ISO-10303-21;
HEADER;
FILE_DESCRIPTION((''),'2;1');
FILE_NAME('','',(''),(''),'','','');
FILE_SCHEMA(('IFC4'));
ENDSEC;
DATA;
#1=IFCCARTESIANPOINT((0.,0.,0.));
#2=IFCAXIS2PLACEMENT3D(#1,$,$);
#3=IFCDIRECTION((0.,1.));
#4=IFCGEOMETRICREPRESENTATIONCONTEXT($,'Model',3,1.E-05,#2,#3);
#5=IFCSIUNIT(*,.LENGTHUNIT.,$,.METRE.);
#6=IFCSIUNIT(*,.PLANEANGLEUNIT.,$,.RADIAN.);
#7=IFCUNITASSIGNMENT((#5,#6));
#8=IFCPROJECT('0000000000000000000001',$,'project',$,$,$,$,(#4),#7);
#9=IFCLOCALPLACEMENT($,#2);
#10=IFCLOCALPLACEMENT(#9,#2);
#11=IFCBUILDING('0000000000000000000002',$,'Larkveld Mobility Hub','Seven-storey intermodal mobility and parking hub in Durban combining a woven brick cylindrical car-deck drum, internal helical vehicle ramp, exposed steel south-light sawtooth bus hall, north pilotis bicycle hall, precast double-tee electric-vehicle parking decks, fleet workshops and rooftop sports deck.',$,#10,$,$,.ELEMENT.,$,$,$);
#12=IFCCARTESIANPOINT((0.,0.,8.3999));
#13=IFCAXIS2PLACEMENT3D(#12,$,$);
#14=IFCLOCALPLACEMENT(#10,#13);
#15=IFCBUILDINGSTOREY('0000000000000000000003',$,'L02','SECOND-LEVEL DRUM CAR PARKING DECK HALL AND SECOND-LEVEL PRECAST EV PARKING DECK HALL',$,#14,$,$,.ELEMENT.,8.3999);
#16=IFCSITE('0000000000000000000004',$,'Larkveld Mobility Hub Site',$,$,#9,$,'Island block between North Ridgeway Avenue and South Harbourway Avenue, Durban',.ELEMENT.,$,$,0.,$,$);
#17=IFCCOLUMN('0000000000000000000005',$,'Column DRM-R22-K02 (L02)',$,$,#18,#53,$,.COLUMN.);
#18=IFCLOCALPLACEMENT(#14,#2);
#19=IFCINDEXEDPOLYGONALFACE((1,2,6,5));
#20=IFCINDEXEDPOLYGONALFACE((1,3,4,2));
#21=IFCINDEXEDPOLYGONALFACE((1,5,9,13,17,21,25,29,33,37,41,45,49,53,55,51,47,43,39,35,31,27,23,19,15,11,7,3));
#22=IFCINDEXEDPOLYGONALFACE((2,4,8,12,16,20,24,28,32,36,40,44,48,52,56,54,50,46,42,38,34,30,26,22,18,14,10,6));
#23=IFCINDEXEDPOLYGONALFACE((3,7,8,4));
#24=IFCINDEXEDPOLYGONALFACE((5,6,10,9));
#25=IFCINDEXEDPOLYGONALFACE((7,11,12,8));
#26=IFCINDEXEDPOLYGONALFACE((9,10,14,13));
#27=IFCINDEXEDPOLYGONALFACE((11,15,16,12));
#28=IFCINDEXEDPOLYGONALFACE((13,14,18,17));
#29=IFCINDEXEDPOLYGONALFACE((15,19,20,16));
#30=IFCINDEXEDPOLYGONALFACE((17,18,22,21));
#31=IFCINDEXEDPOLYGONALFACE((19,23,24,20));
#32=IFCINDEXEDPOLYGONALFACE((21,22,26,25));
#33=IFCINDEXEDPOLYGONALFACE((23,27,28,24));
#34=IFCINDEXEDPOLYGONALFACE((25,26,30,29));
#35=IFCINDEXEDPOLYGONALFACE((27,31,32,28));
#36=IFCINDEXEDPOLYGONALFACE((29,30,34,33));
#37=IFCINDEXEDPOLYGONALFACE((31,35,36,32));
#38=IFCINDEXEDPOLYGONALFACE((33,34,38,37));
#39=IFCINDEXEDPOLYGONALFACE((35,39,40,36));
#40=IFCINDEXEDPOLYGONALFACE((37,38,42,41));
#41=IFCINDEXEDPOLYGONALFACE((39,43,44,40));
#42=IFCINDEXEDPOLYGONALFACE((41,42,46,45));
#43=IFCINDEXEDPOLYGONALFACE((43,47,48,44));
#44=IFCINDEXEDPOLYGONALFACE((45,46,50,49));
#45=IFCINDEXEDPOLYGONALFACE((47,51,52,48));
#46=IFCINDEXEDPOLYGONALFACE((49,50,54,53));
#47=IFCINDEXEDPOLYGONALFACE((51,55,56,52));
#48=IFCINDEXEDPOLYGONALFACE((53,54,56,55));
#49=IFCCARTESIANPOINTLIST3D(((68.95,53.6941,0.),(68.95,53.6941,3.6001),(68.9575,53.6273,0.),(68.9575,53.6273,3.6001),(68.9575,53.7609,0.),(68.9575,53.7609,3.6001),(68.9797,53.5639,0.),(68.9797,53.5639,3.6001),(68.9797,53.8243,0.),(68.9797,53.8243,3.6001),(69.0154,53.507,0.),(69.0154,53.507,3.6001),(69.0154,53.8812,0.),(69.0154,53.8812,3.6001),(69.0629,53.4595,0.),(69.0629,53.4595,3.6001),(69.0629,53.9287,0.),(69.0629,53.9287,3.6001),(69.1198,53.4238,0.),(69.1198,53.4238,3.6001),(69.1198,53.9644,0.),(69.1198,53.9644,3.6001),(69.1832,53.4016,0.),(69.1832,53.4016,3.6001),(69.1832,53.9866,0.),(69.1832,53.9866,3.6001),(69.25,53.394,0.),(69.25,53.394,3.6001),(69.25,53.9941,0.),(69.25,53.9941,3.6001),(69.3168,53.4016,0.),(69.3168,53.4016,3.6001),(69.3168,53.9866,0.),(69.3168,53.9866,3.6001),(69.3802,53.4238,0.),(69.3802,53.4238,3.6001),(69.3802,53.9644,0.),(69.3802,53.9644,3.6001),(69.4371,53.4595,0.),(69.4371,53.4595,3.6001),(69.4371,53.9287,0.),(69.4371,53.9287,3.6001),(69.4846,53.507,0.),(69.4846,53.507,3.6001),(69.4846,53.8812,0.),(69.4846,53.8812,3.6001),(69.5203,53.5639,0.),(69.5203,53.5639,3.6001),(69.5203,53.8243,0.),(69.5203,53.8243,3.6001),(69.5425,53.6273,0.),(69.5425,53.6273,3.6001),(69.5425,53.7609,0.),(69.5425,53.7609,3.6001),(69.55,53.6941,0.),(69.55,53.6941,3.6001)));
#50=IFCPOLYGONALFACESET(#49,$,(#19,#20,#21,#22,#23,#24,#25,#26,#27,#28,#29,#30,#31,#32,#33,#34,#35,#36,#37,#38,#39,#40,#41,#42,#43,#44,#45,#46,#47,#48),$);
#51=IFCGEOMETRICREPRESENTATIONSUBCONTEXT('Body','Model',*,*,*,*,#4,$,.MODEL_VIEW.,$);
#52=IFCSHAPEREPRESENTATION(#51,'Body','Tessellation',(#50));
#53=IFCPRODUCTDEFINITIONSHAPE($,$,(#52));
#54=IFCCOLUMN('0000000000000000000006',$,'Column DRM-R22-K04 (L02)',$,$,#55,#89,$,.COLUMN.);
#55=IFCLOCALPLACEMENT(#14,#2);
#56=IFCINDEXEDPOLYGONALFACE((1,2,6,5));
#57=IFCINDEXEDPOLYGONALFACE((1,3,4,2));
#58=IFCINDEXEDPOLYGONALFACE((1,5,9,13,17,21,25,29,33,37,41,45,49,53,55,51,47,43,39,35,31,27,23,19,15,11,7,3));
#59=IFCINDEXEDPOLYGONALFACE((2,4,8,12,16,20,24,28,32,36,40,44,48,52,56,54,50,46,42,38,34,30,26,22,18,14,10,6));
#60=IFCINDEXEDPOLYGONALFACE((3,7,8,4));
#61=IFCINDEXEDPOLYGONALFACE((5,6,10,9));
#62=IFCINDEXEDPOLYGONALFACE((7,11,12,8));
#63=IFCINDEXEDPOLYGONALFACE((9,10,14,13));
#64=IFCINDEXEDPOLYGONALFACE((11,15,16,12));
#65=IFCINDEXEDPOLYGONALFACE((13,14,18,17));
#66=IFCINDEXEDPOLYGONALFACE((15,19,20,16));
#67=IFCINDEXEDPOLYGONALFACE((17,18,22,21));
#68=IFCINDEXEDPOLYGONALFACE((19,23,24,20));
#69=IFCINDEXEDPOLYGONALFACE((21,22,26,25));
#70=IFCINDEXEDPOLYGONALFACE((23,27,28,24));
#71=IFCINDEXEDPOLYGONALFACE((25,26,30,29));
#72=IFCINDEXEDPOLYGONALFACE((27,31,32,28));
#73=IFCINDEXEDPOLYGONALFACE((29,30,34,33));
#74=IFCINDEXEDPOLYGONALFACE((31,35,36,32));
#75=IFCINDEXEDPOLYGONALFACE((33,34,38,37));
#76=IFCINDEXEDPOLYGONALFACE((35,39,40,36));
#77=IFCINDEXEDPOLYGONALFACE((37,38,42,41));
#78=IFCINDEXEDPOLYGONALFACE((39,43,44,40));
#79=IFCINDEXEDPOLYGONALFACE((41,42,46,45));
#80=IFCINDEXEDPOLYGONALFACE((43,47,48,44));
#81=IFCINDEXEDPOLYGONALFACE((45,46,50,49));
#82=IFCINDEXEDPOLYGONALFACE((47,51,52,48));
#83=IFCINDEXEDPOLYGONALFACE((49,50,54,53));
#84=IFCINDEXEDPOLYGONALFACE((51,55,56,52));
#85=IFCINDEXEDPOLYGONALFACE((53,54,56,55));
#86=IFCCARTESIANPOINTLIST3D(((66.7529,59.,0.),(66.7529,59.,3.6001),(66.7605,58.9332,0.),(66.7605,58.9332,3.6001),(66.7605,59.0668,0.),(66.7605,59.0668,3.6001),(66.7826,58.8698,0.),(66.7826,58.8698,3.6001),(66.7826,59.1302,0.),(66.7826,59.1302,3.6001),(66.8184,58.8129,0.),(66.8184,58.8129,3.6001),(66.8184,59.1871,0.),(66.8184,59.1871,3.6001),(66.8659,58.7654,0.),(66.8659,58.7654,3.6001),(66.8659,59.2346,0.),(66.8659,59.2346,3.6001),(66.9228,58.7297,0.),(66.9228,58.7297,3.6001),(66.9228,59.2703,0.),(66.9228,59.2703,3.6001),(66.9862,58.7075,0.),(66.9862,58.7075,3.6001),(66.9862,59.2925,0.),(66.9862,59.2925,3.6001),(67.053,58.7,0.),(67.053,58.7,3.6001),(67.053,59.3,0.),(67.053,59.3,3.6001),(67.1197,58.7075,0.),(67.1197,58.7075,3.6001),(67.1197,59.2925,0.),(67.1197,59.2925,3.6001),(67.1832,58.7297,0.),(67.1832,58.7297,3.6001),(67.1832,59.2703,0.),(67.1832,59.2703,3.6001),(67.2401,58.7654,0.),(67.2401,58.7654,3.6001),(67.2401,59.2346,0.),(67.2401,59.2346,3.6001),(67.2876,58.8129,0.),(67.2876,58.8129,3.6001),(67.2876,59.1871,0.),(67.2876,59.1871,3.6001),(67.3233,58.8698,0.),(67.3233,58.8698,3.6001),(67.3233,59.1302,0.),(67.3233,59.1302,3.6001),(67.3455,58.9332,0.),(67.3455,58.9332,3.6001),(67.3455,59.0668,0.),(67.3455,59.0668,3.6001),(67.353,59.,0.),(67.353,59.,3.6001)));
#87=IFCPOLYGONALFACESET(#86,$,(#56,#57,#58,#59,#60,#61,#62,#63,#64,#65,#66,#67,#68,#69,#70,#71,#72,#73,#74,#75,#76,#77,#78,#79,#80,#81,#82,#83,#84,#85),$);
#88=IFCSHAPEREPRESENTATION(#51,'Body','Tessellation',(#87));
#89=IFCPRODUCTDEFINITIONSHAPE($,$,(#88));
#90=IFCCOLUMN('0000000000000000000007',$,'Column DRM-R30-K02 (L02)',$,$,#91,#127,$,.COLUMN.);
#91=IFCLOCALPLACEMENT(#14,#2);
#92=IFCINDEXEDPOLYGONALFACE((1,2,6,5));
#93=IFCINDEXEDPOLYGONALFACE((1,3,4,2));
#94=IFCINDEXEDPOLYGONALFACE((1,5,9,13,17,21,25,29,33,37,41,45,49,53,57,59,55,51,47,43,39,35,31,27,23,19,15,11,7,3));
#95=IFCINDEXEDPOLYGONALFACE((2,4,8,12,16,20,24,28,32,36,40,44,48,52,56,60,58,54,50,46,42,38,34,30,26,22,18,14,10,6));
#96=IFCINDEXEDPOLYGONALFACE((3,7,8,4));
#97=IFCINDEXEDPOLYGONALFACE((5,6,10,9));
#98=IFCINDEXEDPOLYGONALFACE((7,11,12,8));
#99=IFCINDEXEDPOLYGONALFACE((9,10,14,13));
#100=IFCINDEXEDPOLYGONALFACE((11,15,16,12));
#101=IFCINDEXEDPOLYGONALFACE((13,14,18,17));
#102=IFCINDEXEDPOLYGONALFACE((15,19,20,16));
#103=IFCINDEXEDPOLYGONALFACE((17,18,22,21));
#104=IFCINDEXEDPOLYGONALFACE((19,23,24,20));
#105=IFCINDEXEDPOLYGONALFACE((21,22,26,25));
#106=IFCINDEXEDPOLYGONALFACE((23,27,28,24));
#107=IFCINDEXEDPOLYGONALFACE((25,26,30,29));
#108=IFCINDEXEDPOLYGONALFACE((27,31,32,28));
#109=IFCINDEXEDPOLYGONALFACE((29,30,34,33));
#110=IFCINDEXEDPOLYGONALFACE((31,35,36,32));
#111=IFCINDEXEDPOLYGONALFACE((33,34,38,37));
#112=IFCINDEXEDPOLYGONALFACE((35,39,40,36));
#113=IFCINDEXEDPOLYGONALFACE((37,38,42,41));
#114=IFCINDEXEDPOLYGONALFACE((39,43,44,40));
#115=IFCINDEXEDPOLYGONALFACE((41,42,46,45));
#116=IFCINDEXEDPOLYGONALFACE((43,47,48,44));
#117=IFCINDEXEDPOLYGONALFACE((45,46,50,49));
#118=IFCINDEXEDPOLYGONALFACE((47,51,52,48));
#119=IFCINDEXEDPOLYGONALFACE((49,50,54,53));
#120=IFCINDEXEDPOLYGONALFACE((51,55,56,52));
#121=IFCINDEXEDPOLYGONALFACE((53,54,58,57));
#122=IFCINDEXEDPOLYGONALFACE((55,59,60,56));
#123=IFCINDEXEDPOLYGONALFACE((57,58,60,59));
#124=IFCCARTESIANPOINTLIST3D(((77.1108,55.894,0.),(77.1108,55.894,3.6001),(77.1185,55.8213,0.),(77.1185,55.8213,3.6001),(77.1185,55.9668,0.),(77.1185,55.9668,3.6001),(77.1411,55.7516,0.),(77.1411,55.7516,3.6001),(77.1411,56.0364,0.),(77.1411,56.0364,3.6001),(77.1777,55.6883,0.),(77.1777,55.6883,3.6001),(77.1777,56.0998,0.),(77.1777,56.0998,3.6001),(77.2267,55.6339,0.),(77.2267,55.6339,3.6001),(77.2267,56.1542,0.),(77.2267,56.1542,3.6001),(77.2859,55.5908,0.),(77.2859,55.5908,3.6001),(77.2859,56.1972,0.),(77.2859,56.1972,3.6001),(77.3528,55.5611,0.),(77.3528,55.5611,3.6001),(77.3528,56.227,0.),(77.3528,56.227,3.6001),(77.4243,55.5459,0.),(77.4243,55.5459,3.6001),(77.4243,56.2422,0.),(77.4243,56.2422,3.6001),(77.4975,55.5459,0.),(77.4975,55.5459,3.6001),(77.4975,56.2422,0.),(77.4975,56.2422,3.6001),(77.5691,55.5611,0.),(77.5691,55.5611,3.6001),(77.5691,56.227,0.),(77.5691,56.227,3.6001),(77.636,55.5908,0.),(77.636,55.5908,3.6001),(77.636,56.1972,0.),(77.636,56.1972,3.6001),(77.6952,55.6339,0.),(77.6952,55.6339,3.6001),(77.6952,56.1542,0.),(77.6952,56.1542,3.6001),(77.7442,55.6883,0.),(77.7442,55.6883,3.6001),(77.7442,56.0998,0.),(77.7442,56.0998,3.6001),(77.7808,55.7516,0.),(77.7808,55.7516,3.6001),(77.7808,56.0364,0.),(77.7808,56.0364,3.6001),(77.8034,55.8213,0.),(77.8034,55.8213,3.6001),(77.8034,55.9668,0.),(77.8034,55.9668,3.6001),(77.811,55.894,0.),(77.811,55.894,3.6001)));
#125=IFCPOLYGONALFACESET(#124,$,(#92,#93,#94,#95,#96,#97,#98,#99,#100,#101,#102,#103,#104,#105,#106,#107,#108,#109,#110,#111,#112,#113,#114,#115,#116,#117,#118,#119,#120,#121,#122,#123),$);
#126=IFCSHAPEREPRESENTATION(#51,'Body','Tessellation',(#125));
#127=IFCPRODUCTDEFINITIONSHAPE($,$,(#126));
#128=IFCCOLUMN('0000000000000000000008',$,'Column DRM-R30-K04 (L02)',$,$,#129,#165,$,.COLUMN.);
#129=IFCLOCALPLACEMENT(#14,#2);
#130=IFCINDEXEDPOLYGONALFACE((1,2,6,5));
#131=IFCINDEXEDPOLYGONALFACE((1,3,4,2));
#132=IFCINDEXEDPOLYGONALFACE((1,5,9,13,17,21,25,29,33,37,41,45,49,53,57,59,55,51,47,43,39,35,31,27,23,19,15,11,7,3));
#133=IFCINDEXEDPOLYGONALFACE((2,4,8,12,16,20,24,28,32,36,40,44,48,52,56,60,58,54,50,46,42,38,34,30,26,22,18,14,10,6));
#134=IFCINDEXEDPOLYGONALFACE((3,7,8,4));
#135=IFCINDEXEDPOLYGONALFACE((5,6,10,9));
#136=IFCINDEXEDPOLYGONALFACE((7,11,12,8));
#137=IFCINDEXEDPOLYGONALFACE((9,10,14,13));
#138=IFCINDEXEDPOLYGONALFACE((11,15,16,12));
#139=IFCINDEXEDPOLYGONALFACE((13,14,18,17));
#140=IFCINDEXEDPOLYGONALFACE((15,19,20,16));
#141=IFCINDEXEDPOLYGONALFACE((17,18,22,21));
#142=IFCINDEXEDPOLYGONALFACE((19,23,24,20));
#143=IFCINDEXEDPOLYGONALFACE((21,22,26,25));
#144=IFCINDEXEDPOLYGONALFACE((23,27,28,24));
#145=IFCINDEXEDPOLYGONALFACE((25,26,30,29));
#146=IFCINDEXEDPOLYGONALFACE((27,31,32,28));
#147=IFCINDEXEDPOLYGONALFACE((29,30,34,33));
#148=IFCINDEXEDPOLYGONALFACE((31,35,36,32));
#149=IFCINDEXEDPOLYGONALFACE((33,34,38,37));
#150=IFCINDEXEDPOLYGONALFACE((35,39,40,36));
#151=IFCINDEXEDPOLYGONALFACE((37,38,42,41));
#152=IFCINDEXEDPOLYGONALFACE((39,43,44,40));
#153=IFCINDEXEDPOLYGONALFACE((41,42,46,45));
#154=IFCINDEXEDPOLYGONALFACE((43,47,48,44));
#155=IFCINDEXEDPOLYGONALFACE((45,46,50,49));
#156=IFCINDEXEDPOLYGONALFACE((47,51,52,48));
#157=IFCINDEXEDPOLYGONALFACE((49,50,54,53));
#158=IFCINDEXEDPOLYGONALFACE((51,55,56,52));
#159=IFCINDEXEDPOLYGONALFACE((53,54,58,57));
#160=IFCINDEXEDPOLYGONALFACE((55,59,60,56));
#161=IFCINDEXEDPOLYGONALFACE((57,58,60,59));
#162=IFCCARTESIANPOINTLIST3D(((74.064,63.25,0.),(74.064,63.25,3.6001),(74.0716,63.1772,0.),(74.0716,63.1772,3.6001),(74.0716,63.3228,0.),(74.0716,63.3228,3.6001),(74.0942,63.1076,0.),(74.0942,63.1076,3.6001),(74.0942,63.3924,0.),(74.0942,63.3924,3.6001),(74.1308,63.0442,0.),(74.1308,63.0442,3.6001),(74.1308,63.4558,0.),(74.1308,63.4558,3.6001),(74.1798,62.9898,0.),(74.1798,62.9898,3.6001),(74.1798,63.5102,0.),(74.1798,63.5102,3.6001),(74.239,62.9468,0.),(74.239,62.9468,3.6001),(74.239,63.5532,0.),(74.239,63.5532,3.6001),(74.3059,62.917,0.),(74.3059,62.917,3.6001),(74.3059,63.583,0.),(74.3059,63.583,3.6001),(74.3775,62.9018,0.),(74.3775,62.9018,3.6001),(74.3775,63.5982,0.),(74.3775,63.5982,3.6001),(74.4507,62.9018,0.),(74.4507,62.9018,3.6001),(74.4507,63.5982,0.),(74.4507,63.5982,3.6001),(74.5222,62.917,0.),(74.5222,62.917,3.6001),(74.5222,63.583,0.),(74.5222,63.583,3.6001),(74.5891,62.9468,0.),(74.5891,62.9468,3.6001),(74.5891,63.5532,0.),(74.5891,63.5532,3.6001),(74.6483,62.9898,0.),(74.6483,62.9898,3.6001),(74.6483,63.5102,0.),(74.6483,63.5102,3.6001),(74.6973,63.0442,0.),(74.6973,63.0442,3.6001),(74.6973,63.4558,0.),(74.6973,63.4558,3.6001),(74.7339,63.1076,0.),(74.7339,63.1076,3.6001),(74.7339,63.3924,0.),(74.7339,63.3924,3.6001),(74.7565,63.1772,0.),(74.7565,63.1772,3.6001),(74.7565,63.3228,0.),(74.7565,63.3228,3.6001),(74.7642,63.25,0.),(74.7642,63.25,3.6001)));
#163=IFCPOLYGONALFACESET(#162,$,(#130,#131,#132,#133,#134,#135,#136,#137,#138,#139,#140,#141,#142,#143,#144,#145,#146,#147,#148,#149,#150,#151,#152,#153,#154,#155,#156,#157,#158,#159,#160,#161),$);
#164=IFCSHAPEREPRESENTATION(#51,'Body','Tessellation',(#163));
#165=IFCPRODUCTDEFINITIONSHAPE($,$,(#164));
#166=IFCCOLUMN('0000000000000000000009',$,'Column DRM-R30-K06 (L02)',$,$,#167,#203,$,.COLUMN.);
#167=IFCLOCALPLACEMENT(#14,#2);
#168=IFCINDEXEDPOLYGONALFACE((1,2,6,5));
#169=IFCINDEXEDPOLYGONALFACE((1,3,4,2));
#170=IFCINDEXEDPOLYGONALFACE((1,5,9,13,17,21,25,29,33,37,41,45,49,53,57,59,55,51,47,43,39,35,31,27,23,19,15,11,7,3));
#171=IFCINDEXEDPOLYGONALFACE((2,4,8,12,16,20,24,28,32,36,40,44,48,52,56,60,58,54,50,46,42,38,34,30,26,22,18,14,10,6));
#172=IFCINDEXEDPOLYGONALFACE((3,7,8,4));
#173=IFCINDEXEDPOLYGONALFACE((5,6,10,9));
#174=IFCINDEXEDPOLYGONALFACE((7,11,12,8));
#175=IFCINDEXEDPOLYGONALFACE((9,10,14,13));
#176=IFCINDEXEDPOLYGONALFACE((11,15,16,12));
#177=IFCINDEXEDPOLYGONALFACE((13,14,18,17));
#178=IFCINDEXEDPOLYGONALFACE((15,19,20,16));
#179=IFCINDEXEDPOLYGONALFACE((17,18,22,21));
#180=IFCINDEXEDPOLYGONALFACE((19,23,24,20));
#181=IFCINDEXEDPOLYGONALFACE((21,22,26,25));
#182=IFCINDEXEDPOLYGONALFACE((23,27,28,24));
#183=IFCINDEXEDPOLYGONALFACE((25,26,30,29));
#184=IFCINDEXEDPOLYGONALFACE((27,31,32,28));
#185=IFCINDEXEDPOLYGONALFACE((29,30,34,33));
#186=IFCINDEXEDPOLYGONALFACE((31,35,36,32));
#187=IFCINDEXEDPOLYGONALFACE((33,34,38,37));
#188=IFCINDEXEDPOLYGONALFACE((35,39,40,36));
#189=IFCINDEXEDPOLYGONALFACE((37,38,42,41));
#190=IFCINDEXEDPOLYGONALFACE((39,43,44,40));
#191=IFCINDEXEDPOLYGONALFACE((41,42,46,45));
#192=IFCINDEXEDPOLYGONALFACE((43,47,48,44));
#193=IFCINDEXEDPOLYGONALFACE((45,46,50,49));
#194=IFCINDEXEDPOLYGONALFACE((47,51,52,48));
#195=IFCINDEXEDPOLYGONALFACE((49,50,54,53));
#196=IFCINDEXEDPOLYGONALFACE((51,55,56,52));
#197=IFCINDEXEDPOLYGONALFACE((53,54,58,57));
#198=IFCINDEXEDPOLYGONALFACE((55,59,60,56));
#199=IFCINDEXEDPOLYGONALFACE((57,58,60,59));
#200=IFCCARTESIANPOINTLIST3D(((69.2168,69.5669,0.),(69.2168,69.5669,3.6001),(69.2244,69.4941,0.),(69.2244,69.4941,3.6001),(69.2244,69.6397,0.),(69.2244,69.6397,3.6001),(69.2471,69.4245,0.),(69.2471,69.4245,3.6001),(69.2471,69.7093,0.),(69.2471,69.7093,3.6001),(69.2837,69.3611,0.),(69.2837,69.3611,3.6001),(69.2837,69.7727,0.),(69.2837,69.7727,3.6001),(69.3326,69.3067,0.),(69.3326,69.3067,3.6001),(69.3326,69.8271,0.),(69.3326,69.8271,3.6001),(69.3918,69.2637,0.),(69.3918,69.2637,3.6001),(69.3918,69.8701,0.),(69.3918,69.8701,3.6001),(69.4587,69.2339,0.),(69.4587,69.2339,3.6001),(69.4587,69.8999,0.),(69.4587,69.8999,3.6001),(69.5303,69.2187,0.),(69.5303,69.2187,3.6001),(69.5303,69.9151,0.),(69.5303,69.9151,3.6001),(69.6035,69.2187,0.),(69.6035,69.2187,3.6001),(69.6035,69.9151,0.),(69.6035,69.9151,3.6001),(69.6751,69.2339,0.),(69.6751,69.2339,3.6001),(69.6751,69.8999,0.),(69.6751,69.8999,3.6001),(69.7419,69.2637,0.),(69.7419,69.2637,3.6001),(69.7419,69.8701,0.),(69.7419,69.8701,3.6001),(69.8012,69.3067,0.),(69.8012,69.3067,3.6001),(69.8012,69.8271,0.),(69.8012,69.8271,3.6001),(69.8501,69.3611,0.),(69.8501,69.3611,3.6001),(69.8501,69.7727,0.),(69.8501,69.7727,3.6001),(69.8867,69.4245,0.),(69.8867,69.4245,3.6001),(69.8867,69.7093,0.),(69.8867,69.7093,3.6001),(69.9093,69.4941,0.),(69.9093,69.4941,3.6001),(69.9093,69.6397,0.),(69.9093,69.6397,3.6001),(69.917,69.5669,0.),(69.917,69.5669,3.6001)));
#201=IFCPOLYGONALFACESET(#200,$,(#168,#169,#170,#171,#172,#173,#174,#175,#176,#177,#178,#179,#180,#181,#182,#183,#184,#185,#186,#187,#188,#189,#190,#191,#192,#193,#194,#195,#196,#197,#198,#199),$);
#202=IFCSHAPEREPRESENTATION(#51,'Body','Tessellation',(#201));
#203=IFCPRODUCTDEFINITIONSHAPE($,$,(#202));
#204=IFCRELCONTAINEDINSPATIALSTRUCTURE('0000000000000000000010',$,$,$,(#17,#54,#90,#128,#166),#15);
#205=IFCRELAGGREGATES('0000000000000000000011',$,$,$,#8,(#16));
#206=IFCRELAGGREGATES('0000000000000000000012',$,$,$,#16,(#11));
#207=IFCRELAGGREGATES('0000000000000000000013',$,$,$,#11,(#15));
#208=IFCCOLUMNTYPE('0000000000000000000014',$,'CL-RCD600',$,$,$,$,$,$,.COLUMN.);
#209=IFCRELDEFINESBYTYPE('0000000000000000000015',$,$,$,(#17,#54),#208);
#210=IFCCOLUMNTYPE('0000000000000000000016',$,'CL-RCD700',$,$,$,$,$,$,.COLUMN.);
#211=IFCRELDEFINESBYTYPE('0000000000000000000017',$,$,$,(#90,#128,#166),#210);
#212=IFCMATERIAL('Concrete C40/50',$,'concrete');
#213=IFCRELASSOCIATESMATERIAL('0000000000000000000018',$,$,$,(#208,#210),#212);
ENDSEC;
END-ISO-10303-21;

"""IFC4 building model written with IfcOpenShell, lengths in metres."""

from ifc_helpers import new_model, si_unit, direction, frame, origin, origin_2d, place, context, subcontext, project, spatial, circle, extrude, material, material_profile, profile_set, type_object, element, save


model = new_model("IFC4")

# Units and contexts
model_context = context("Model", 3, precision=1e-05, world=origin(), true_north=direction((0.0, 1.0)))
body_context = subcontext(model_context, "Body", "Model", "MODEL_VIEW")
ifc_project = project(units=[si_unit("LENGTHUNIT", "METRE"), si_unit("PLANEANGLEUNIT", "RADIAN")], contexts=[model_context])

# Site, building, storey
site_placement = place(None, origin())
site = spatial("IfcSite", under=ifc_project, at=site_placement, Name="Larkveld Mobility Hub Site", LongName="Island block between North Ridgeway Avenue and South Harbourway Avenue, Durban", CompositionType="ELEMENT", RefElevation=0.0)
building_placement = place(site_placement, origin())
building = spatial("IfcBuilding", under=site, at=building_placement, Name="Larkveld Mobility Hub", Description="Seven-storey intermodal mobility and parking hub in Durban combining a woven brick cylindrical car-deck drum, internal helical vehicle ramp, exposed steel south-light sawtooth bus hall, north pilotis bicycle hall, precast double-tee electric-vehicle parking decks, fleet workshops and rooftop sports deck.", CompositionType="ELEMENT")
storey_placement = place(building_placement, frame((0.0, 0.0, 8.3999)))
storey = spatial("IfcBuildingStorey", under=building, at=storey_placement, Name="L02", Description="SECOND-LEVEL DRUM CAR PARKING DECK HALL AND SECOND-LEVEL PRECAST EV PARKING DECK HALL", CompositionType="ELEMENT", Elevation=8.3999)

# Columns
ifc_material_1 = material(Name="Concrete C40/50", Category="concrete")
ifc_material_profile_1 = material_profile(ifc_material_1, circle(Radius=0.3, at=origin_2d()), Name="RC COL D600")
ifc_profile_set_1 = profile_set([ifc_material_profile_1], Name="Concrete C40/50")
column_type_1 = type_object("IfcColumnType", Name="CL-RCD600", PredefinedType="COLUMN", material=ifc_profile_set_1)
for number, where, z_axis, x_axis, name in (
    (1, (69.25, 53.6941, 0.0), (0.0, 0.0, 1.0), (1.0, 0.0, 0.0), "Column DRM-R22-K02 (L02)"),
    (2, (67.053, 59.0, 0.0), (0.0, 0.0, 1.0), (1.0, 0.0, 0.0), "Column DRM-R22-K04 (L02)"),
):
    element("IfcColumn", number, at=place(storey_placement, frame(where, z_axis=z_axis, x_axis=x_axis)), inside=storey, type_object=column_type_1, Name=name, PredefinedType="COLUMN", context=body_context, shape_type="SweptSolid", body=[
        extrude(circle(Radius=0.3, at=origin_2d()), origin(), (0.0, 0.0, 1.0), 3.6001),
    ])
ifc_material_profile_2 = material_profile(ifc_material_1, circle(Radius=0.3501, at=origin_2d()), Name="RC COL D700")
ifc_profile_set_2 = profile_set([ifc_material_profile_2], Name="Concrete C40/50")
column_type_2 = type_object("IfcColumnType", Name="CL-RCD700", PredefinedType="COLUMN", material=ifc_profile_set_2)
for number, where, z_axis, x_axis, name in (
    (3, (77.4609, 55.894, 0.0), (0.0, 0.0, 1.0), (1.0, 0.0, 0.0), "Column DRM-R30-K02 (L02)"),
    (4, (74.4141, 63.25, 0.0), (0.0, 0.0, 1.0), (1.0, 0.0, 0.0), "Column DRM-R30-K04 (L02)"),
    (5, (69.5669, 69.5669, 0.0), (0.0, 0.0, 1.0), (1.0, 0.0, 0.0), "Column DRM-R30-K06 (L02)"),
):
    element("IfcColumn", number, at=place(storey_placement, frame(where, z_axis=z_axis, x_axis=x_axis)), inside=storey, type_object=column_type_2, Name=name, PredefinedType="COLUMN", context=body_context, shape_type="SweptSolid", body=[
        extrude(circle(Radius=0.3501, at=origin_2d()), origin(), (0.0, 0.0, 1.0), 3.6001),
    ])

save(model, "model.ifc")
